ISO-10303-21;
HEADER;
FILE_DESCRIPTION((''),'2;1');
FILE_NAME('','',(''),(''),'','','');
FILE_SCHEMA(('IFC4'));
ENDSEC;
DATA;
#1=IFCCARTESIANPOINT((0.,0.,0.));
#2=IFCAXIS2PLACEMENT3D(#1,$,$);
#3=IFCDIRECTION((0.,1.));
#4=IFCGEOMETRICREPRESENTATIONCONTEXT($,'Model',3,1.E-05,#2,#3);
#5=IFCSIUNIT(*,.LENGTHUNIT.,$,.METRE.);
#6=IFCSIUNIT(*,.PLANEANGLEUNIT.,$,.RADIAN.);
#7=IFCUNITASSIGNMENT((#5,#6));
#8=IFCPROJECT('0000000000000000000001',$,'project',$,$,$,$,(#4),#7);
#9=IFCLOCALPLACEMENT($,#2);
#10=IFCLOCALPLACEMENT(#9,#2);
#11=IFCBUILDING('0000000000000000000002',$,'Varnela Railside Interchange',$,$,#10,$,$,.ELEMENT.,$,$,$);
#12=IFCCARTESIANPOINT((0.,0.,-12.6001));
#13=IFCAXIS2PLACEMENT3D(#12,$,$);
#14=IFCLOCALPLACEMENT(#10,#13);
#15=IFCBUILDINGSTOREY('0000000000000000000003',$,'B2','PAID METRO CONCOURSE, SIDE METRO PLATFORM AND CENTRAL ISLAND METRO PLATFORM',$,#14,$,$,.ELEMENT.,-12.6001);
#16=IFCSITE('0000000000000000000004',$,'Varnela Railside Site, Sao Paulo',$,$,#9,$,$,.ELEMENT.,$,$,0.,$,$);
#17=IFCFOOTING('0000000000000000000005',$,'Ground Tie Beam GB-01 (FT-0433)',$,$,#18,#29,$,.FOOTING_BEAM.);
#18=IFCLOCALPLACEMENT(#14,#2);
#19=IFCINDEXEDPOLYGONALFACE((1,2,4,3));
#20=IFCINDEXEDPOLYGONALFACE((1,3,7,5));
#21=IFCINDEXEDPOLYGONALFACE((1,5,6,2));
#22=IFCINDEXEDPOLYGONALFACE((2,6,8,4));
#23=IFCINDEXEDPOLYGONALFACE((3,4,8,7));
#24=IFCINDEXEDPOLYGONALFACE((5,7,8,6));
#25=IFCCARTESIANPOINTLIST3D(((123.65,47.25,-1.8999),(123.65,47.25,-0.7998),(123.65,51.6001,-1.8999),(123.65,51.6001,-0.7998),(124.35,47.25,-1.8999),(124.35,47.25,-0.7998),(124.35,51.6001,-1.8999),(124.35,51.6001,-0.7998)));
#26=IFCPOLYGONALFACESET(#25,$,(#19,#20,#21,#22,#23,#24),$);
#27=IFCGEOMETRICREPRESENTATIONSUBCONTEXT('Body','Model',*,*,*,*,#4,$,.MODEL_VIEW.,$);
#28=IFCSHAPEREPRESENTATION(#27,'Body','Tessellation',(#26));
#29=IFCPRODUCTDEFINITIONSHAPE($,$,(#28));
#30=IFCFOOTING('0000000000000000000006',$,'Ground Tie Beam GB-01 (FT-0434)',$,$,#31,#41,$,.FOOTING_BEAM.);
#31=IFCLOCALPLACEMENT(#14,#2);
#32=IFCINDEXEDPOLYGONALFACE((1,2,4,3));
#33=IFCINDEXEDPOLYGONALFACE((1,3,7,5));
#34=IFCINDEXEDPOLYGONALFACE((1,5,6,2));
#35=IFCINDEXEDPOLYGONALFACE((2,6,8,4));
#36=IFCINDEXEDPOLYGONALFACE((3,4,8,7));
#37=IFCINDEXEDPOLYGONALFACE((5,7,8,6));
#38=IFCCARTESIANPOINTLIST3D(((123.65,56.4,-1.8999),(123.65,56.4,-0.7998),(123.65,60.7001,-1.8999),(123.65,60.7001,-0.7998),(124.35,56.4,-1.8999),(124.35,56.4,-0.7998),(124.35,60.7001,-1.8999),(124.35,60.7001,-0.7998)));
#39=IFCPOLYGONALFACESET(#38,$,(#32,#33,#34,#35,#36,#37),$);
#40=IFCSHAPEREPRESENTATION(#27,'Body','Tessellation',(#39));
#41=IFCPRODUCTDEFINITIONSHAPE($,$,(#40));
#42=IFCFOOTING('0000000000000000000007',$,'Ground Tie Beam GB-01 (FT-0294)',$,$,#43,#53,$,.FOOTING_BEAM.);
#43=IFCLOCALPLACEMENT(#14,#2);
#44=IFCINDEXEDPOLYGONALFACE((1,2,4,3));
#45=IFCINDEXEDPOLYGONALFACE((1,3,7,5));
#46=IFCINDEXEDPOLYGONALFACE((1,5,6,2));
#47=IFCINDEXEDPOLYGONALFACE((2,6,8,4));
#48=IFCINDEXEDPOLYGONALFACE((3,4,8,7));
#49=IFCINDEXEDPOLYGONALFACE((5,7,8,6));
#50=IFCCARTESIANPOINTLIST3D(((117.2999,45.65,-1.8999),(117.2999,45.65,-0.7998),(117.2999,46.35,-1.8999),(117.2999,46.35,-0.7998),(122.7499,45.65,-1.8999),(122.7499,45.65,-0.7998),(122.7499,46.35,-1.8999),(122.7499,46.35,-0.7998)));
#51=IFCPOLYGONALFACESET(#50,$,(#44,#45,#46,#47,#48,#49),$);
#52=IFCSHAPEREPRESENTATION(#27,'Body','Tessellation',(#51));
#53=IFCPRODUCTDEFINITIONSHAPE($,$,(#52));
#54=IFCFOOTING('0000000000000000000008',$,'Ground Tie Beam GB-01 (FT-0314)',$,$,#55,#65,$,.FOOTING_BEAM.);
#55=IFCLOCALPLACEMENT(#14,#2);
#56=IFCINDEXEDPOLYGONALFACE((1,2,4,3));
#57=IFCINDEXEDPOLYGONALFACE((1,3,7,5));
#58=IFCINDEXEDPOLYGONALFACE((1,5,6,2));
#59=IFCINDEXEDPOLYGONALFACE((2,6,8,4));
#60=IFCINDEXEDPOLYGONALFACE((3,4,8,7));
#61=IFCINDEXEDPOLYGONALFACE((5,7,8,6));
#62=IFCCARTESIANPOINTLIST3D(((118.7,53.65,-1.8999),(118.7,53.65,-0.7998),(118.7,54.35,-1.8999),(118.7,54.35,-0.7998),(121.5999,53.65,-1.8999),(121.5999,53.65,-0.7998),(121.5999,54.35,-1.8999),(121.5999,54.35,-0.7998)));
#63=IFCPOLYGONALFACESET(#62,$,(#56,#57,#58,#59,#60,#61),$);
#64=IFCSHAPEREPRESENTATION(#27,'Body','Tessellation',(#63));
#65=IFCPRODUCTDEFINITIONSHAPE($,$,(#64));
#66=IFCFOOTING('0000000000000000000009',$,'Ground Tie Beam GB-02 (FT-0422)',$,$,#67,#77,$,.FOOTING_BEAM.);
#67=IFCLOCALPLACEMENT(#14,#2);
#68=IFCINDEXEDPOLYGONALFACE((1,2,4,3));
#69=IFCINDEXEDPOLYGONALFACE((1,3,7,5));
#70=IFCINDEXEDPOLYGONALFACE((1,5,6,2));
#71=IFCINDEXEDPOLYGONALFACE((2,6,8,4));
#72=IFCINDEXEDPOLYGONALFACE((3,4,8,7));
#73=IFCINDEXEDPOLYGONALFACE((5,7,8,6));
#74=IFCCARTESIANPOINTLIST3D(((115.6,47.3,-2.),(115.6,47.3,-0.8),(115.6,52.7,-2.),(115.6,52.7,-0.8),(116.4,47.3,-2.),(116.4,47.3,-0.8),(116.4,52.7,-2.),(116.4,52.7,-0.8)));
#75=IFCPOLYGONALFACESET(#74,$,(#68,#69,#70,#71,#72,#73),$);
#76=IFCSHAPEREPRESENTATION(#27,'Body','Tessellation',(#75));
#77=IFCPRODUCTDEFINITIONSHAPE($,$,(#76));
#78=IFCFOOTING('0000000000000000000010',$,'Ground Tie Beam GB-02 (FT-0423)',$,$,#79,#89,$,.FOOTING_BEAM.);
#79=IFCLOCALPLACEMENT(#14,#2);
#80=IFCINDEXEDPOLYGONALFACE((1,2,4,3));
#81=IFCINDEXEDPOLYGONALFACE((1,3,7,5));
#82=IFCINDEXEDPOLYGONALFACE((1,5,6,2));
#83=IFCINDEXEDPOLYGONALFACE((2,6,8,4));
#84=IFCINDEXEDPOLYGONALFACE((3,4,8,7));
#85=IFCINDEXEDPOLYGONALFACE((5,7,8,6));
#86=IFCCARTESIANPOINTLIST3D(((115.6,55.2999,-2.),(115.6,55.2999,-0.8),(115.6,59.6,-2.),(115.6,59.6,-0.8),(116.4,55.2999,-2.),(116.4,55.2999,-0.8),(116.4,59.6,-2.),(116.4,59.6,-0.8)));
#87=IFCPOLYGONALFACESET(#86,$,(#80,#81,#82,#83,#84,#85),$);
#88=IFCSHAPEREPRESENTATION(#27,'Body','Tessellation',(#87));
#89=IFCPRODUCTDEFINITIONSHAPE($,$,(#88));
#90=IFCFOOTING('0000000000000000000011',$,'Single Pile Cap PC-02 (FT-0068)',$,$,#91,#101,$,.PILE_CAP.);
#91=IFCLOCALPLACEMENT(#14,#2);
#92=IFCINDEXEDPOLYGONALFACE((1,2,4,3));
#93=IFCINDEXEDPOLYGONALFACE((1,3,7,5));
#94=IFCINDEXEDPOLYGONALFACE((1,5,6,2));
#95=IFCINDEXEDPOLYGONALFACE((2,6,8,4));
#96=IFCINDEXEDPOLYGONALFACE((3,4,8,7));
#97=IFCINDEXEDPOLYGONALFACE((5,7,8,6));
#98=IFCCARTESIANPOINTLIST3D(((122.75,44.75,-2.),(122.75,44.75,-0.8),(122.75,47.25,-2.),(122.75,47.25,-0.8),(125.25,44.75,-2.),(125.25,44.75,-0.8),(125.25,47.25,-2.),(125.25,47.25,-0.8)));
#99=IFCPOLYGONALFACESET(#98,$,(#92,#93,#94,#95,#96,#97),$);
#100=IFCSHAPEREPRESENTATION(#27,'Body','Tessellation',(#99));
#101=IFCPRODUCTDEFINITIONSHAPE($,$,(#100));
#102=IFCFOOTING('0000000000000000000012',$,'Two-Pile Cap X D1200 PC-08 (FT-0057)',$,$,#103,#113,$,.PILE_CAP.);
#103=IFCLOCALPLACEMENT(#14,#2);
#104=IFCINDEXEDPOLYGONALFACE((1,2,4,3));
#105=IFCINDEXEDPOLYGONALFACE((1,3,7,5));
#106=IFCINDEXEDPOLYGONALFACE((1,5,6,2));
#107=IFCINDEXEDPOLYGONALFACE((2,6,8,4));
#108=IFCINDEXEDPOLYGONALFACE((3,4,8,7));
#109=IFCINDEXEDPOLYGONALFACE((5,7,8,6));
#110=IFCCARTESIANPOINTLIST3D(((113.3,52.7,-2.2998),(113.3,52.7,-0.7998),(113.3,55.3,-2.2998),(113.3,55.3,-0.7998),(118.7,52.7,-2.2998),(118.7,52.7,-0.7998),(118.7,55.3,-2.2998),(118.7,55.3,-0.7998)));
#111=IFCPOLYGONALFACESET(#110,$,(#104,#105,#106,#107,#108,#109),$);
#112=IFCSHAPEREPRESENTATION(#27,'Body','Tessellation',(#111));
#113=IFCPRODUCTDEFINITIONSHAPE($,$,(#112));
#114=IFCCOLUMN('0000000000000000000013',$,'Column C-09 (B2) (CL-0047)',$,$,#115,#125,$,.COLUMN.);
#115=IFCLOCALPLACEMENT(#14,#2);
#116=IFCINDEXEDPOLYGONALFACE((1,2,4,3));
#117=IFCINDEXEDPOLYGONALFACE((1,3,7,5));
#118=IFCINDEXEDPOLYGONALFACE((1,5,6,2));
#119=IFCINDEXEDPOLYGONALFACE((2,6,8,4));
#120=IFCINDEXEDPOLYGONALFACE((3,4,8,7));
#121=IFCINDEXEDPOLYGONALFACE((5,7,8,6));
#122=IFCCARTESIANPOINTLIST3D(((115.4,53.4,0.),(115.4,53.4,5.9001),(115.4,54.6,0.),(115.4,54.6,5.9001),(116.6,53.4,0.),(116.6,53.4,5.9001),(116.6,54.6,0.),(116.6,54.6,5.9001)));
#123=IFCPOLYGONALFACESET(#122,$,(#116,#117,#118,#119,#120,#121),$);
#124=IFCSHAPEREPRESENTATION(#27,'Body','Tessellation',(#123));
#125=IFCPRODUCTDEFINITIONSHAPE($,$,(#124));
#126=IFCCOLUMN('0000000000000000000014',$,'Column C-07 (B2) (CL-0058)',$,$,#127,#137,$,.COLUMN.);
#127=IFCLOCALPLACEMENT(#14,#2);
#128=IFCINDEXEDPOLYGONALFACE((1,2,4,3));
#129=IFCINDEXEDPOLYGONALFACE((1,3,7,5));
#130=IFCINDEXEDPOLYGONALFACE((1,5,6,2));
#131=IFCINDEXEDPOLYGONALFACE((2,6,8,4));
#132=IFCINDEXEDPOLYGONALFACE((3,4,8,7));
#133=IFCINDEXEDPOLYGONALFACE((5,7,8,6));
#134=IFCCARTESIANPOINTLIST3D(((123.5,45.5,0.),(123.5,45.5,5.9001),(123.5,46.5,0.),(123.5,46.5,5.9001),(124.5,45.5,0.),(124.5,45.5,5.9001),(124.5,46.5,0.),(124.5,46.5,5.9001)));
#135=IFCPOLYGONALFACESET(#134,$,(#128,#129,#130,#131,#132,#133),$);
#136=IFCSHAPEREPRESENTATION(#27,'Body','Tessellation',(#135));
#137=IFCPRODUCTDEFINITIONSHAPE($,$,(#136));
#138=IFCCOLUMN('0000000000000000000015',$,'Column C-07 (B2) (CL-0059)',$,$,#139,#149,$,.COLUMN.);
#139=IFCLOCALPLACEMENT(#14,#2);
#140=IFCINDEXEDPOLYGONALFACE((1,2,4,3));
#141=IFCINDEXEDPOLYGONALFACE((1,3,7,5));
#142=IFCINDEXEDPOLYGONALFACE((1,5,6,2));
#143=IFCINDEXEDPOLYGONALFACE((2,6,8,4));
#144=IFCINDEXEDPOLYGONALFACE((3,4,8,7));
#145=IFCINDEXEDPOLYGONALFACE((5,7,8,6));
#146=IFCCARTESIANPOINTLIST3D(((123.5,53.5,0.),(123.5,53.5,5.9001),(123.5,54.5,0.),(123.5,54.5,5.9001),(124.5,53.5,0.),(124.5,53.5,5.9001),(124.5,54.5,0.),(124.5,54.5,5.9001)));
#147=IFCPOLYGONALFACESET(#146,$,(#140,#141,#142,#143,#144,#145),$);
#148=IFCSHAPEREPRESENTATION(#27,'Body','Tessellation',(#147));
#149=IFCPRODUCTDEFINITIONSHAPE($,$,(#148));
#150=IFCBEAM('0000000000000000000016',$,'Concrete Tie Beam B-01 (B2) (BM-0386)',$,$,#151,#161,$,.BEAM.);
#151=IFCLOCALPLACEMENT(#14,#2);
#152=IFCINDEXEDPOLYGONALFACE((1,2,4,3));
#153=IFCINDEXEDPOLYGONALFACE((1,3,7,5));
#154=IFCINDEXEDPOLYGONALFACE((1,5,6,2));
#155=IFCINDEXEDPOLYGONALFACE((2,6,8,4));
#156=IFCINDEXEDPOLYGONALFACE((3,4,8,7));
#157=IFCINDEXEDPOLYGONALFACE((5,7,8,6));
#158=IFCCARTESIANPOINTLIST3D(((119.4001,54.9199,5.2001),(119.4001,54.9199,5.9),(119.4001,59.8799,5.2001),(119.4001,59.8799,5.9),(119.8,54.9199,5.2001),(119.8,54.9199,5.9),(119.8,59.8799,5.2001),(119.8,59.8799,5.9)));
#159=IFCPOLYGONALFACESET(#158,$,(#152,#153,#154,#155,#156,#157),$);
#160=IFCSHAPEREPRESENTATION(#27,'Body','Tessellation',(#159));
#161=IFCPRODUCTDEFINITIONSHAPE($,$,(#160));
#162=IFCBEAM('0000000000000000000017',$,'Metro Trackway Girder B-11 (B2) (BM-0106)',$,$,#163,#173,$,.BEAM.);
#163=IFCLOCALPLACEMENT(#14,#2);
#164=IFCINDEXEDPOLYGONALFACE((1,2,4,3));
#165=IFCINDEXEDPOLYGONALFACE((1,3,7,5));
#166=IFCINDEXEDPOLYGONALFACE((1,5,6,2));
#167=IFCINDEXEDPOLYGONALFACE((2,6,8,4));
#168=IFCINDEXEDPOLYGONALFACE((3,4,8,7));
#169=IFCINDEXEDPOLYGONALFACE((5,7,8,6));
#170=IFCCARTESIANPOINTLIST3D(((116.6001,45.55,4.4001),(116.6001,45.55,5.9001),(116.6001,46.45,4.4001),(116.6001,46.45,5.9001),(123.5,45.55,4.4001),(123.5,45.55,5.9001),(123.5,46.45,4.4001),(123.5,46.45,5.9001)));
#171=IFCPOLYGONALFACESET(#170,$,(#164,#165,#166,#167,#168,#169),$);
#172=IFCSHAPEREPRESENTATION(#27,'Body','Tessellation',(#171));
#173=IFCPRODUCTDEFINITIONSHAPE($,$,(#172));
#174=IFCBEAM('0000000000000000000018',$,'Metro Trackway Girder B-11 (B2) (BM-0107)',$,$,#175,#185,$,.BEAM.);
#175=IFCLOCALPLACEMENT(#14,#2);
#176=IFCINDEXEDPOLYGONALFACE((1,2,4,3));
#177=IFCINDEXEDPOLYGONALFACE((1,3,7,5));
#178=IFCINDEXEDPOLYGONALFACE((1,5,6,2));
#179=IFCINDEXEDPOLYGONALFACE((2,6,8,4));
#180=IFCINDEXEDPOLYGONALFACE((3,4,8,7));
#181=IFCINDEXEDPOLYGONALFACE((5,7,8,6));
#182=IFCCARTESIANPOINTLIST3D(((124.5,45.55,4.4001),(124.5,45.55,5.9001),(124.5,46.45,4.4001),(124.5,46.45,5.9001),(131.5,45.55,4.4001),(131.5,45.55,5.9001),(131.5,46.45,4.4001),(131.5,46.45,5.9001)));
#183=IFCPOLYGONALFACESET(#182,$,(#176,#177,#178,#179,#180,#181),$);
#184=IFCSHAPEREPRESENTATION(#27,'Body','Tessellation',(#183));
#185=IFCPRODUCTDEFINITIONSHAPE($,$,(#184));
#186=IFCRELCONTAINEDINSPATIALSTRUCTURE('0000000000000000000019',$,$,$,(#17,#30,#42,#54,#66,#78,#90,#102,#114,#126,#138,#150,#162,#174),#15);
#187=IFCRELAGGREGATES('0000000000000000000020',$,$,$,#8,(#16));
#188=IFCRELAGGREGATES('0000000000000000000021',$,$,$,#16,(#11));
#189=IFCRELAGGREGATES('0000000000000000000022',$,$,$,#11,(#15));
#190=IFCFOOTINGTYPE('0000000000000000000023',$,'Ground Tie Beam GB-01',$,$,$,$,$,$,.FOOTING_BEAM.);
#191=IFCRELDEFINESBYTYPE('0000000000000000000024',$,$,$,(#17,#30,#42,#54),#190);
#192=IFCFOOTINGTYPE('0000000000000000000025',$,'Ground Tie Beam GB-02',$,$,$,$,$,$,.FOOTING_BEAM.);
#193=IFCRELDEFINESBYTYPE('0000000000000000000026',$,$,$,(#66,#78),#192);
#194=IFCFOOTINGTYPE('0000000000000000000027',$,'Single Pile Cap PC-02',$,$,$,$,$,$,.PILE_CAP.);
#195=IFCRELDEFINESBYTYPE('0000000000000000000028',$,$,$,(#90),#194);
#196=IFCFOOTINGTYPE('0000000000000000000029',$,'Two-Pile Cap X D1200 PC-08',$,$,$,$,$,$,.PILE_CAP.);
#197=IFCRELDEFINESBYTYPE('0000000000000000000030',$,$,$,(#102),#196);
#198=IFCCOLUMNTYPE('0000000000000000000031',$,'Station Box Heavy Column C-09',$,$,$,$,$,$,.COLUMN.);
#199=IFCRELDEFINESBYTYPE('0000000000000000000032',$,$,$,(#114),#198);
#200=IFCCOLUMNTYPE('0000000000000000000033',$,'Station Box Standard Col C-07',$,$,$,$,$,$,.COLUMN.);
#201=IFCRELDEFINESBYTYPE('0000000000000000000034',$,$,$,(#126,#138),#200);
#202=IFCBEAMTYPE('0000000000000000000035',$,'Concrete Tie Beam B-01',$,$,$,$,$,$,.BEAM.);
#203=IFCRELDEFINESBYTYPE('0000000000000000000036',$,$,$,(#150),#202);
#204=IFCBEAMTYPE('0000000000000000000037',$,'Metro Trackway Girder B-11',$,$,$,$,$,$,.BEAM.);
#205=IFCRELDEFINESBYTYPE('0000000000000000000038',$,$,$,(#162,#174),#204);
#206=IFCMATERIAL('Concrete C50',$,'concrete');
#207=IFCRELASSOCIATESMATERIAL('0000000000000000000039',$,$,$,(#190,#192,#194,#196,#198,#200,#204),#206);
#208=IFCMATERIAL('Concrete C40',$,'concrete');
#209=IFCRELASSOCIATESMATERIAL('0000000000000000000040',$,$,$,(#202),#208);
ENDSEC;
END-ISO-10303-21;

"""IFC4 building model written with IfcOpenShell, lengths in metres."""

from ifc_helpers import new_model, si_unit, direction, frame, origin, origin_2d, place, context, subcontext, project, spatial, rectangle, extrude, material, material_profile, profile_set, type_object, element, save


model = new_model("IFC4")

# Units and contexts
model_context = context("Model", 3, precision=1e-05, world=origin(), true_north=direction((0.0, 1.0)))
body_context = subcontext(model_context, "Body", "Model", "MODEL_VIEW")
ifc_project = project(units=[si_unit("LENGTHUNIT", "METRE"), si_unit("PLANEANGLEUNIT", "RADIAN")], contexts=[model_context])

# Site, building, storey
site_placement = place(None, origin())
site = spatial("IfcSite", under=ifc_project, at=site_placement, Name="Varnela Railside Site, Sao Paulo", CompositionType="ELEMENT", RefElevation=0.0)
building_placement = place(site_placement, origin())
building = spatial("IfcBuilding", under=site, at=building_placement, Name="Varnela Railside Interchange", CompositionType="ELEMENT")
storey_placement = place(building_placement, frame((0.0, 0.0, -12.6001)))
storey = spatial("IfcBuildingStorey", under=building, at=storey_placement, Name="B2", Description="PAID METRO CONCOURSE, SIDE METRO PLATFORM AND CENTRAL ISLAND METRO PLATFORM", CompositionType="ELEMENT", Elevation=-12.6001)

# Shared definitions
ifc_material_1 = material(Name="Concrete C40", Category="concrete")

# Footings
ifc_material_2 = material(Name="Concrete C50", Category="concrete")
footing_type_1 = type_object("IfcFootingType", Name="Ground Tie Beam GB-01", PredefinedType="FOOTING_BEAM", material=ifc_material_2)
footing_1_placement = place(storey_placement, frame((124.0, 49.425, -1.8999), z_axis=(0.0, 0.0, 1.0), x_axis=(1.0, 0.0, 0.0)))
element("IfcFooting", 1, at=footing_1_placement, inside=storey, type_object=footing_type_1, Name="Ground Tie Beam GB-01 (FT-0433)", PredefinedType="FOOTING_BEAM", context=body_context, shape_type="SweptSolid", body=[
    extrude(rectangle(XDim=0.7, YDim=4.3501, at=origin_2d()), origin(), (0.0, 0.0, 1.0), 1.1001),
])
footing_2_placement = place(storey_placement, frame((124.0, 58.55, -1.8999), z_axis=(0.0, 0.0, 1.0), x_axis=(1.0, 0.0, 0.0)))
element("IfcFooting", 2, at=footing_2_placement, inside=storey, type_object=footing_type_1, Name="Ground Tie Beam GB-01 (FT-0434)", PredefinedType="FOOTING_BEAM", context=body_context, shape_type="SweptSolid", body=[
    extrude(rectangle(XDim=0.7, YDim=4.3, at=origin_2d()), origin(), (0.0, 0.0, 1.0), 1.1001),
])
footing_3_placement = place(storey_placement, frame((120.0249, 46.0, -1.8999), z_axis=(0.0, 0.0, 1.0), x_axis=(1.0, 0.0, 0.0)))
element("IfcFooting", 3, at=footing_3_placement, inside=storey, type_object=footing_type_1, Name="Ground Tie Beam GB-01 (FT-0294)", PredefinedType="FOOTING_BEAM", context=body_context, shape_type="SweptSolid", body=[
    extrude(rectangle(XDim=5.45, YDim=0.7, at=origin_2d()), origin(), (0.0, 0.0, 1.0), 1.1001),
])
footing_4_placement = place(storey_placement, frame((120.1499, 54.0, -1.8999), z_axis=(0.0, 0.0, 1.0), x_axis=(1.0, 0.0, 0.0)))
element("IfcFooting", 4, at=footing_4_placement, inside=storey, type_object=footing_type_1, Name="Ground Tie Beam GB-01 (FT-0314)", PredefinedType="FOOTING_BEAM", context=body_context, shape_type="SweptSolid", body=[
    extrude(rectangle(XDim=2.8999, YDim=0.7, at=origin_2d()), origin(), (0.0, 0.0, 1.0), 1.1001),
])
footing_type_2 = type_object("IfcFootingType", Name="Ground Tie Beam GB-02", PredefinedType="FOOTING_BEAM", material=ifc_material_2)
footing_5_placement = place(storey_placement, frame((116.0, 50.0, -2.0), z_axis=(0.0, 0.0, 1.0), x_axis=(1.0, 0.0, 0.0)))
element("IfcFooting", 5, at=footing_5_placement, inside=storey, type_object=footing_type_2, Name="Ground Tie Beam GB-02 (FT-0422)", PredefinedType="FOOTING_BEAM", context=body_context, shape_type="SweptSolid", body=[
    extrude(rectangle(XDim=0.8, YDim=5.3999, at=origin_2d()), origin(), (0.0, 0.0, 1.0), 1.2),
])
footing_6_placement = place(storey_placement, frame((116.0, 57.45, -2.0), z_axis=(0.0, 0.0, 1.0), x_axis=(1.0, 0.0, 0.0)))
element("IfcFooting", 6, at=footing_6_placement, inside=storey, type_object=footing_type_2, Name="Ground Tie Beam GB-02 (FT-0423)", PredefinedType="FOOTING_BEAM", context=body_context, shape_type="SweptSolid", body=[
    extrude(rectangle(XDim=0.8, YDim=4.3, at=origin_2d()), origin(), (0.0, 0.0, 1.0), 1.2),
])
footing_type_3 = type_object("IfcFootingType", Name="Single Pile Cap PC-02", PredefinedType="PILE_CAP", material=ifc_material_2)
footing_7_placement = place(storey_placement, frame((124.0, 46.0, -2.0), z_axis=(0.0, 0.0, 1.0), x_axis=(1.0, 0.0, 0.0)))
element("IfcFooting", 7, at=footing_7_placement, inside=storey, type_object=footing_type_3, Name="Single Pile Cap PC-02 (FT-0068)", PredefinedType="PILE_CAP", context=body_context, shape_type="SweptSolid", body=[
    extrude(rectangle(XDim=2.5, YDim=2.5, at=origin_2d()), origin(), (0.0, 0.0, 1.0), 1.2),
])
footing_type_4 = type_object("IfcFootingType", Name="Two-Pile Cap X D1200 PC-08", PredefinedType="PILE_CAP", material=ifc_material_2)
footing_8_placement = place(storey_placement, frame((116.0, 54.0, -2.2998), z_axis=(0.0, 0.0, 1.0), x_axis=(1.0, 0.0, 0.0)))
element("IfcFooting", 8, at=footing_8_placement, inside=storey, type_object=footing_type_4, Name="Two-Pile Cap X D1200 PC-08 (FT-0057)", PredefinedType="PILE_CAP", context=body_context, shape_type="SweptSolid", body=[
    extrude(rectangle(XDim=5.3999, YDim=2.6001, at=origin_2d()), origin(), (0.0, 0.0, 1.0), 1.5),
])

# Columns
ifc_material_profile_1 = material_profile(ifc_material_2, rectangle(XDim=1.2, YDim=1.2, at=origin_2d()), Name="RC 1200x1200")
ifc_profile_set_1 = profile_set([ifc_material_profile_1], Name="Concrete C50")
column_type_1 = type_object("IfcColumnType", Name="Station Box Heavy Column C-09", PredefinedType="COLUMN", material=ifc_profile_set_1)
column_placement = place(storey_placement, frame((116.0, 54.0, 0.0), z_axis=(0.0, 0.0, 1.0), x_axis=(1.0, 0.0, 0.0)))
element("IfcColumn", 9, at=column_placement, inside=storey, type_object=column_type_1, Name="Column C-09 (B2) (CL-0047)", PredefinedType="COLUMN", context=body_context, shape_type="SweptSolid", body=[
    extrude(rectangle(XDim=1.2, YDim=1.2, at=origin_2d()), origin(), (0.0, 0.0, 1.0), 5.9001),
])
ifc_material_profile_2 = material_profile(ifc_material_2, rectangle(XDim=1.0, YDim=1.0, at=origin_2d()), Name="RC 1000x1000")
ifc_profile_set_2 = profile_set([ifc_material_profile_2], Name="Concrete C50")
column_type_2 = type_object("IfcColumnType", Name="Station Box Standard Col C-07", PredefinedType="COLUMN", material=ifc_profile_set_2)
for number, where, z_axis, x_axis, name in (
    (10, (124.0, 46.0, 0.0), (0.0, 0.0, 1.0), (1.0, 0.0, 0.0), "Column C-07 (B2) (CL-0058)"),
    (11, (124.0, 54.0, 0.0), (0.0, 0.0, 1.0), (1.0, 0.0, 0.0), "Column C-07 (B2) (CL-0059)"),
):
    element("IfcColumn", number, at=place(storey_placement, frame(where, z_axis=z_axis, x_axis=x_axis)), inside=storey, type_object=column_type_2, Name=name, PredefinedType="COLUMN", context=body_context, shape_type="SweptSolid", body=[
        extrude(rectangle(XDim=1.0, YDim=1.0, at=origin_2d()), origin(), (0.0, 0.0, 1.0), 5.9001),
    ])

# Beams
ifc_material_profile_3 = material_profile(ifc_material_1, rectangle(XDim=0.3999, YDim=0.7, at=origin_2d()), Name="RC 400x700")
ifc_profile_set_3 = profile_set([ifc_material_profile_3], Name="Concrete C40")
beam_type_1 = type_object("IfcBeamType", Name="Concrete Tie Beam B-01", PredefinedType="BEAM", material=ifc_profile_set_3)
beam_1_placement = place(storey_placement, frame((119.6001, 54.9199, 5.55), z_axis=(0.0, 1.0, 0.0), x_axis=(-1.0, 0.0, 0.0)))
element("IfcBeam", 12, at=beam_1_placement, inside=storey, type_object=beam_type_1, Name="Concrete Tie Beam B-01 (B2) (BM-0386)", PredefinedType="BEAM", context=body_context, shape_type="SweptSolid", body=[
    extrude(rectangle(XDim=0.3999, YDim=0.7, at=origin_2d()), origin(), (0.0, 0.0, 1.0), 4.96),
])
ifc_material_profile_4 = material_profile(ifc_material_2, rectangle(XDim=0.8999, YDim=1.5, at=origin_2d()), Name="RC 900x1500")
ifc_profile_set_4 = profile_set([ifc_material_profile_4], Name="Concrete C50")
beam_type_2 = type_object("IfcBeamType", Name="Metro Trackway Girder B-11", PredefinedType="BEAM", material=ifc_profile_set_4)
beam_2_placement = place(storey_placement, frame((116.6001, 46.0, 5.1501), z_axis=(1.0, 0.0, 0.0), x_axis=(0.0, 1.0, 0.0)))
element("IfcBeam", 13, at=beam_2_placement, inside=storey, type_object=beam_type_2, Name="Metro Trackway Girder B-11 (B2) (BM-0106)", PredefinedType="BEAM", context=body_context, shape_type="SweptSolid", body=[
    extrude(rectangle(XDim=0.8999, YDim=1.5, at=origin_2d()), origin(), (0.0, 0.0, 1.0), 6.8999),
])
beam_3_placement = place(storey_placement, frame((124.5, 46.0, 5.1501), z_axis=(1.0, 0.0, 0.0), x_axis=(0.0, 1.0, 0.0)))
element("IfcBeam", 14, at=beam_3_placement, inside=storey, type_object=beam_type_2, Name="Metro Trackway Girder B-11 (B2) (BM-0107)", PredefinedType="BEAM", context=body_context, shape_type="SweptSolid", body=[
    extrude(rectangle(XDim=0.8999, YDim=1.5, at=origin_2d()), origin(), (0.0, 0.0, 1.0), 7.0),
])

save(model, "model.ifc")
